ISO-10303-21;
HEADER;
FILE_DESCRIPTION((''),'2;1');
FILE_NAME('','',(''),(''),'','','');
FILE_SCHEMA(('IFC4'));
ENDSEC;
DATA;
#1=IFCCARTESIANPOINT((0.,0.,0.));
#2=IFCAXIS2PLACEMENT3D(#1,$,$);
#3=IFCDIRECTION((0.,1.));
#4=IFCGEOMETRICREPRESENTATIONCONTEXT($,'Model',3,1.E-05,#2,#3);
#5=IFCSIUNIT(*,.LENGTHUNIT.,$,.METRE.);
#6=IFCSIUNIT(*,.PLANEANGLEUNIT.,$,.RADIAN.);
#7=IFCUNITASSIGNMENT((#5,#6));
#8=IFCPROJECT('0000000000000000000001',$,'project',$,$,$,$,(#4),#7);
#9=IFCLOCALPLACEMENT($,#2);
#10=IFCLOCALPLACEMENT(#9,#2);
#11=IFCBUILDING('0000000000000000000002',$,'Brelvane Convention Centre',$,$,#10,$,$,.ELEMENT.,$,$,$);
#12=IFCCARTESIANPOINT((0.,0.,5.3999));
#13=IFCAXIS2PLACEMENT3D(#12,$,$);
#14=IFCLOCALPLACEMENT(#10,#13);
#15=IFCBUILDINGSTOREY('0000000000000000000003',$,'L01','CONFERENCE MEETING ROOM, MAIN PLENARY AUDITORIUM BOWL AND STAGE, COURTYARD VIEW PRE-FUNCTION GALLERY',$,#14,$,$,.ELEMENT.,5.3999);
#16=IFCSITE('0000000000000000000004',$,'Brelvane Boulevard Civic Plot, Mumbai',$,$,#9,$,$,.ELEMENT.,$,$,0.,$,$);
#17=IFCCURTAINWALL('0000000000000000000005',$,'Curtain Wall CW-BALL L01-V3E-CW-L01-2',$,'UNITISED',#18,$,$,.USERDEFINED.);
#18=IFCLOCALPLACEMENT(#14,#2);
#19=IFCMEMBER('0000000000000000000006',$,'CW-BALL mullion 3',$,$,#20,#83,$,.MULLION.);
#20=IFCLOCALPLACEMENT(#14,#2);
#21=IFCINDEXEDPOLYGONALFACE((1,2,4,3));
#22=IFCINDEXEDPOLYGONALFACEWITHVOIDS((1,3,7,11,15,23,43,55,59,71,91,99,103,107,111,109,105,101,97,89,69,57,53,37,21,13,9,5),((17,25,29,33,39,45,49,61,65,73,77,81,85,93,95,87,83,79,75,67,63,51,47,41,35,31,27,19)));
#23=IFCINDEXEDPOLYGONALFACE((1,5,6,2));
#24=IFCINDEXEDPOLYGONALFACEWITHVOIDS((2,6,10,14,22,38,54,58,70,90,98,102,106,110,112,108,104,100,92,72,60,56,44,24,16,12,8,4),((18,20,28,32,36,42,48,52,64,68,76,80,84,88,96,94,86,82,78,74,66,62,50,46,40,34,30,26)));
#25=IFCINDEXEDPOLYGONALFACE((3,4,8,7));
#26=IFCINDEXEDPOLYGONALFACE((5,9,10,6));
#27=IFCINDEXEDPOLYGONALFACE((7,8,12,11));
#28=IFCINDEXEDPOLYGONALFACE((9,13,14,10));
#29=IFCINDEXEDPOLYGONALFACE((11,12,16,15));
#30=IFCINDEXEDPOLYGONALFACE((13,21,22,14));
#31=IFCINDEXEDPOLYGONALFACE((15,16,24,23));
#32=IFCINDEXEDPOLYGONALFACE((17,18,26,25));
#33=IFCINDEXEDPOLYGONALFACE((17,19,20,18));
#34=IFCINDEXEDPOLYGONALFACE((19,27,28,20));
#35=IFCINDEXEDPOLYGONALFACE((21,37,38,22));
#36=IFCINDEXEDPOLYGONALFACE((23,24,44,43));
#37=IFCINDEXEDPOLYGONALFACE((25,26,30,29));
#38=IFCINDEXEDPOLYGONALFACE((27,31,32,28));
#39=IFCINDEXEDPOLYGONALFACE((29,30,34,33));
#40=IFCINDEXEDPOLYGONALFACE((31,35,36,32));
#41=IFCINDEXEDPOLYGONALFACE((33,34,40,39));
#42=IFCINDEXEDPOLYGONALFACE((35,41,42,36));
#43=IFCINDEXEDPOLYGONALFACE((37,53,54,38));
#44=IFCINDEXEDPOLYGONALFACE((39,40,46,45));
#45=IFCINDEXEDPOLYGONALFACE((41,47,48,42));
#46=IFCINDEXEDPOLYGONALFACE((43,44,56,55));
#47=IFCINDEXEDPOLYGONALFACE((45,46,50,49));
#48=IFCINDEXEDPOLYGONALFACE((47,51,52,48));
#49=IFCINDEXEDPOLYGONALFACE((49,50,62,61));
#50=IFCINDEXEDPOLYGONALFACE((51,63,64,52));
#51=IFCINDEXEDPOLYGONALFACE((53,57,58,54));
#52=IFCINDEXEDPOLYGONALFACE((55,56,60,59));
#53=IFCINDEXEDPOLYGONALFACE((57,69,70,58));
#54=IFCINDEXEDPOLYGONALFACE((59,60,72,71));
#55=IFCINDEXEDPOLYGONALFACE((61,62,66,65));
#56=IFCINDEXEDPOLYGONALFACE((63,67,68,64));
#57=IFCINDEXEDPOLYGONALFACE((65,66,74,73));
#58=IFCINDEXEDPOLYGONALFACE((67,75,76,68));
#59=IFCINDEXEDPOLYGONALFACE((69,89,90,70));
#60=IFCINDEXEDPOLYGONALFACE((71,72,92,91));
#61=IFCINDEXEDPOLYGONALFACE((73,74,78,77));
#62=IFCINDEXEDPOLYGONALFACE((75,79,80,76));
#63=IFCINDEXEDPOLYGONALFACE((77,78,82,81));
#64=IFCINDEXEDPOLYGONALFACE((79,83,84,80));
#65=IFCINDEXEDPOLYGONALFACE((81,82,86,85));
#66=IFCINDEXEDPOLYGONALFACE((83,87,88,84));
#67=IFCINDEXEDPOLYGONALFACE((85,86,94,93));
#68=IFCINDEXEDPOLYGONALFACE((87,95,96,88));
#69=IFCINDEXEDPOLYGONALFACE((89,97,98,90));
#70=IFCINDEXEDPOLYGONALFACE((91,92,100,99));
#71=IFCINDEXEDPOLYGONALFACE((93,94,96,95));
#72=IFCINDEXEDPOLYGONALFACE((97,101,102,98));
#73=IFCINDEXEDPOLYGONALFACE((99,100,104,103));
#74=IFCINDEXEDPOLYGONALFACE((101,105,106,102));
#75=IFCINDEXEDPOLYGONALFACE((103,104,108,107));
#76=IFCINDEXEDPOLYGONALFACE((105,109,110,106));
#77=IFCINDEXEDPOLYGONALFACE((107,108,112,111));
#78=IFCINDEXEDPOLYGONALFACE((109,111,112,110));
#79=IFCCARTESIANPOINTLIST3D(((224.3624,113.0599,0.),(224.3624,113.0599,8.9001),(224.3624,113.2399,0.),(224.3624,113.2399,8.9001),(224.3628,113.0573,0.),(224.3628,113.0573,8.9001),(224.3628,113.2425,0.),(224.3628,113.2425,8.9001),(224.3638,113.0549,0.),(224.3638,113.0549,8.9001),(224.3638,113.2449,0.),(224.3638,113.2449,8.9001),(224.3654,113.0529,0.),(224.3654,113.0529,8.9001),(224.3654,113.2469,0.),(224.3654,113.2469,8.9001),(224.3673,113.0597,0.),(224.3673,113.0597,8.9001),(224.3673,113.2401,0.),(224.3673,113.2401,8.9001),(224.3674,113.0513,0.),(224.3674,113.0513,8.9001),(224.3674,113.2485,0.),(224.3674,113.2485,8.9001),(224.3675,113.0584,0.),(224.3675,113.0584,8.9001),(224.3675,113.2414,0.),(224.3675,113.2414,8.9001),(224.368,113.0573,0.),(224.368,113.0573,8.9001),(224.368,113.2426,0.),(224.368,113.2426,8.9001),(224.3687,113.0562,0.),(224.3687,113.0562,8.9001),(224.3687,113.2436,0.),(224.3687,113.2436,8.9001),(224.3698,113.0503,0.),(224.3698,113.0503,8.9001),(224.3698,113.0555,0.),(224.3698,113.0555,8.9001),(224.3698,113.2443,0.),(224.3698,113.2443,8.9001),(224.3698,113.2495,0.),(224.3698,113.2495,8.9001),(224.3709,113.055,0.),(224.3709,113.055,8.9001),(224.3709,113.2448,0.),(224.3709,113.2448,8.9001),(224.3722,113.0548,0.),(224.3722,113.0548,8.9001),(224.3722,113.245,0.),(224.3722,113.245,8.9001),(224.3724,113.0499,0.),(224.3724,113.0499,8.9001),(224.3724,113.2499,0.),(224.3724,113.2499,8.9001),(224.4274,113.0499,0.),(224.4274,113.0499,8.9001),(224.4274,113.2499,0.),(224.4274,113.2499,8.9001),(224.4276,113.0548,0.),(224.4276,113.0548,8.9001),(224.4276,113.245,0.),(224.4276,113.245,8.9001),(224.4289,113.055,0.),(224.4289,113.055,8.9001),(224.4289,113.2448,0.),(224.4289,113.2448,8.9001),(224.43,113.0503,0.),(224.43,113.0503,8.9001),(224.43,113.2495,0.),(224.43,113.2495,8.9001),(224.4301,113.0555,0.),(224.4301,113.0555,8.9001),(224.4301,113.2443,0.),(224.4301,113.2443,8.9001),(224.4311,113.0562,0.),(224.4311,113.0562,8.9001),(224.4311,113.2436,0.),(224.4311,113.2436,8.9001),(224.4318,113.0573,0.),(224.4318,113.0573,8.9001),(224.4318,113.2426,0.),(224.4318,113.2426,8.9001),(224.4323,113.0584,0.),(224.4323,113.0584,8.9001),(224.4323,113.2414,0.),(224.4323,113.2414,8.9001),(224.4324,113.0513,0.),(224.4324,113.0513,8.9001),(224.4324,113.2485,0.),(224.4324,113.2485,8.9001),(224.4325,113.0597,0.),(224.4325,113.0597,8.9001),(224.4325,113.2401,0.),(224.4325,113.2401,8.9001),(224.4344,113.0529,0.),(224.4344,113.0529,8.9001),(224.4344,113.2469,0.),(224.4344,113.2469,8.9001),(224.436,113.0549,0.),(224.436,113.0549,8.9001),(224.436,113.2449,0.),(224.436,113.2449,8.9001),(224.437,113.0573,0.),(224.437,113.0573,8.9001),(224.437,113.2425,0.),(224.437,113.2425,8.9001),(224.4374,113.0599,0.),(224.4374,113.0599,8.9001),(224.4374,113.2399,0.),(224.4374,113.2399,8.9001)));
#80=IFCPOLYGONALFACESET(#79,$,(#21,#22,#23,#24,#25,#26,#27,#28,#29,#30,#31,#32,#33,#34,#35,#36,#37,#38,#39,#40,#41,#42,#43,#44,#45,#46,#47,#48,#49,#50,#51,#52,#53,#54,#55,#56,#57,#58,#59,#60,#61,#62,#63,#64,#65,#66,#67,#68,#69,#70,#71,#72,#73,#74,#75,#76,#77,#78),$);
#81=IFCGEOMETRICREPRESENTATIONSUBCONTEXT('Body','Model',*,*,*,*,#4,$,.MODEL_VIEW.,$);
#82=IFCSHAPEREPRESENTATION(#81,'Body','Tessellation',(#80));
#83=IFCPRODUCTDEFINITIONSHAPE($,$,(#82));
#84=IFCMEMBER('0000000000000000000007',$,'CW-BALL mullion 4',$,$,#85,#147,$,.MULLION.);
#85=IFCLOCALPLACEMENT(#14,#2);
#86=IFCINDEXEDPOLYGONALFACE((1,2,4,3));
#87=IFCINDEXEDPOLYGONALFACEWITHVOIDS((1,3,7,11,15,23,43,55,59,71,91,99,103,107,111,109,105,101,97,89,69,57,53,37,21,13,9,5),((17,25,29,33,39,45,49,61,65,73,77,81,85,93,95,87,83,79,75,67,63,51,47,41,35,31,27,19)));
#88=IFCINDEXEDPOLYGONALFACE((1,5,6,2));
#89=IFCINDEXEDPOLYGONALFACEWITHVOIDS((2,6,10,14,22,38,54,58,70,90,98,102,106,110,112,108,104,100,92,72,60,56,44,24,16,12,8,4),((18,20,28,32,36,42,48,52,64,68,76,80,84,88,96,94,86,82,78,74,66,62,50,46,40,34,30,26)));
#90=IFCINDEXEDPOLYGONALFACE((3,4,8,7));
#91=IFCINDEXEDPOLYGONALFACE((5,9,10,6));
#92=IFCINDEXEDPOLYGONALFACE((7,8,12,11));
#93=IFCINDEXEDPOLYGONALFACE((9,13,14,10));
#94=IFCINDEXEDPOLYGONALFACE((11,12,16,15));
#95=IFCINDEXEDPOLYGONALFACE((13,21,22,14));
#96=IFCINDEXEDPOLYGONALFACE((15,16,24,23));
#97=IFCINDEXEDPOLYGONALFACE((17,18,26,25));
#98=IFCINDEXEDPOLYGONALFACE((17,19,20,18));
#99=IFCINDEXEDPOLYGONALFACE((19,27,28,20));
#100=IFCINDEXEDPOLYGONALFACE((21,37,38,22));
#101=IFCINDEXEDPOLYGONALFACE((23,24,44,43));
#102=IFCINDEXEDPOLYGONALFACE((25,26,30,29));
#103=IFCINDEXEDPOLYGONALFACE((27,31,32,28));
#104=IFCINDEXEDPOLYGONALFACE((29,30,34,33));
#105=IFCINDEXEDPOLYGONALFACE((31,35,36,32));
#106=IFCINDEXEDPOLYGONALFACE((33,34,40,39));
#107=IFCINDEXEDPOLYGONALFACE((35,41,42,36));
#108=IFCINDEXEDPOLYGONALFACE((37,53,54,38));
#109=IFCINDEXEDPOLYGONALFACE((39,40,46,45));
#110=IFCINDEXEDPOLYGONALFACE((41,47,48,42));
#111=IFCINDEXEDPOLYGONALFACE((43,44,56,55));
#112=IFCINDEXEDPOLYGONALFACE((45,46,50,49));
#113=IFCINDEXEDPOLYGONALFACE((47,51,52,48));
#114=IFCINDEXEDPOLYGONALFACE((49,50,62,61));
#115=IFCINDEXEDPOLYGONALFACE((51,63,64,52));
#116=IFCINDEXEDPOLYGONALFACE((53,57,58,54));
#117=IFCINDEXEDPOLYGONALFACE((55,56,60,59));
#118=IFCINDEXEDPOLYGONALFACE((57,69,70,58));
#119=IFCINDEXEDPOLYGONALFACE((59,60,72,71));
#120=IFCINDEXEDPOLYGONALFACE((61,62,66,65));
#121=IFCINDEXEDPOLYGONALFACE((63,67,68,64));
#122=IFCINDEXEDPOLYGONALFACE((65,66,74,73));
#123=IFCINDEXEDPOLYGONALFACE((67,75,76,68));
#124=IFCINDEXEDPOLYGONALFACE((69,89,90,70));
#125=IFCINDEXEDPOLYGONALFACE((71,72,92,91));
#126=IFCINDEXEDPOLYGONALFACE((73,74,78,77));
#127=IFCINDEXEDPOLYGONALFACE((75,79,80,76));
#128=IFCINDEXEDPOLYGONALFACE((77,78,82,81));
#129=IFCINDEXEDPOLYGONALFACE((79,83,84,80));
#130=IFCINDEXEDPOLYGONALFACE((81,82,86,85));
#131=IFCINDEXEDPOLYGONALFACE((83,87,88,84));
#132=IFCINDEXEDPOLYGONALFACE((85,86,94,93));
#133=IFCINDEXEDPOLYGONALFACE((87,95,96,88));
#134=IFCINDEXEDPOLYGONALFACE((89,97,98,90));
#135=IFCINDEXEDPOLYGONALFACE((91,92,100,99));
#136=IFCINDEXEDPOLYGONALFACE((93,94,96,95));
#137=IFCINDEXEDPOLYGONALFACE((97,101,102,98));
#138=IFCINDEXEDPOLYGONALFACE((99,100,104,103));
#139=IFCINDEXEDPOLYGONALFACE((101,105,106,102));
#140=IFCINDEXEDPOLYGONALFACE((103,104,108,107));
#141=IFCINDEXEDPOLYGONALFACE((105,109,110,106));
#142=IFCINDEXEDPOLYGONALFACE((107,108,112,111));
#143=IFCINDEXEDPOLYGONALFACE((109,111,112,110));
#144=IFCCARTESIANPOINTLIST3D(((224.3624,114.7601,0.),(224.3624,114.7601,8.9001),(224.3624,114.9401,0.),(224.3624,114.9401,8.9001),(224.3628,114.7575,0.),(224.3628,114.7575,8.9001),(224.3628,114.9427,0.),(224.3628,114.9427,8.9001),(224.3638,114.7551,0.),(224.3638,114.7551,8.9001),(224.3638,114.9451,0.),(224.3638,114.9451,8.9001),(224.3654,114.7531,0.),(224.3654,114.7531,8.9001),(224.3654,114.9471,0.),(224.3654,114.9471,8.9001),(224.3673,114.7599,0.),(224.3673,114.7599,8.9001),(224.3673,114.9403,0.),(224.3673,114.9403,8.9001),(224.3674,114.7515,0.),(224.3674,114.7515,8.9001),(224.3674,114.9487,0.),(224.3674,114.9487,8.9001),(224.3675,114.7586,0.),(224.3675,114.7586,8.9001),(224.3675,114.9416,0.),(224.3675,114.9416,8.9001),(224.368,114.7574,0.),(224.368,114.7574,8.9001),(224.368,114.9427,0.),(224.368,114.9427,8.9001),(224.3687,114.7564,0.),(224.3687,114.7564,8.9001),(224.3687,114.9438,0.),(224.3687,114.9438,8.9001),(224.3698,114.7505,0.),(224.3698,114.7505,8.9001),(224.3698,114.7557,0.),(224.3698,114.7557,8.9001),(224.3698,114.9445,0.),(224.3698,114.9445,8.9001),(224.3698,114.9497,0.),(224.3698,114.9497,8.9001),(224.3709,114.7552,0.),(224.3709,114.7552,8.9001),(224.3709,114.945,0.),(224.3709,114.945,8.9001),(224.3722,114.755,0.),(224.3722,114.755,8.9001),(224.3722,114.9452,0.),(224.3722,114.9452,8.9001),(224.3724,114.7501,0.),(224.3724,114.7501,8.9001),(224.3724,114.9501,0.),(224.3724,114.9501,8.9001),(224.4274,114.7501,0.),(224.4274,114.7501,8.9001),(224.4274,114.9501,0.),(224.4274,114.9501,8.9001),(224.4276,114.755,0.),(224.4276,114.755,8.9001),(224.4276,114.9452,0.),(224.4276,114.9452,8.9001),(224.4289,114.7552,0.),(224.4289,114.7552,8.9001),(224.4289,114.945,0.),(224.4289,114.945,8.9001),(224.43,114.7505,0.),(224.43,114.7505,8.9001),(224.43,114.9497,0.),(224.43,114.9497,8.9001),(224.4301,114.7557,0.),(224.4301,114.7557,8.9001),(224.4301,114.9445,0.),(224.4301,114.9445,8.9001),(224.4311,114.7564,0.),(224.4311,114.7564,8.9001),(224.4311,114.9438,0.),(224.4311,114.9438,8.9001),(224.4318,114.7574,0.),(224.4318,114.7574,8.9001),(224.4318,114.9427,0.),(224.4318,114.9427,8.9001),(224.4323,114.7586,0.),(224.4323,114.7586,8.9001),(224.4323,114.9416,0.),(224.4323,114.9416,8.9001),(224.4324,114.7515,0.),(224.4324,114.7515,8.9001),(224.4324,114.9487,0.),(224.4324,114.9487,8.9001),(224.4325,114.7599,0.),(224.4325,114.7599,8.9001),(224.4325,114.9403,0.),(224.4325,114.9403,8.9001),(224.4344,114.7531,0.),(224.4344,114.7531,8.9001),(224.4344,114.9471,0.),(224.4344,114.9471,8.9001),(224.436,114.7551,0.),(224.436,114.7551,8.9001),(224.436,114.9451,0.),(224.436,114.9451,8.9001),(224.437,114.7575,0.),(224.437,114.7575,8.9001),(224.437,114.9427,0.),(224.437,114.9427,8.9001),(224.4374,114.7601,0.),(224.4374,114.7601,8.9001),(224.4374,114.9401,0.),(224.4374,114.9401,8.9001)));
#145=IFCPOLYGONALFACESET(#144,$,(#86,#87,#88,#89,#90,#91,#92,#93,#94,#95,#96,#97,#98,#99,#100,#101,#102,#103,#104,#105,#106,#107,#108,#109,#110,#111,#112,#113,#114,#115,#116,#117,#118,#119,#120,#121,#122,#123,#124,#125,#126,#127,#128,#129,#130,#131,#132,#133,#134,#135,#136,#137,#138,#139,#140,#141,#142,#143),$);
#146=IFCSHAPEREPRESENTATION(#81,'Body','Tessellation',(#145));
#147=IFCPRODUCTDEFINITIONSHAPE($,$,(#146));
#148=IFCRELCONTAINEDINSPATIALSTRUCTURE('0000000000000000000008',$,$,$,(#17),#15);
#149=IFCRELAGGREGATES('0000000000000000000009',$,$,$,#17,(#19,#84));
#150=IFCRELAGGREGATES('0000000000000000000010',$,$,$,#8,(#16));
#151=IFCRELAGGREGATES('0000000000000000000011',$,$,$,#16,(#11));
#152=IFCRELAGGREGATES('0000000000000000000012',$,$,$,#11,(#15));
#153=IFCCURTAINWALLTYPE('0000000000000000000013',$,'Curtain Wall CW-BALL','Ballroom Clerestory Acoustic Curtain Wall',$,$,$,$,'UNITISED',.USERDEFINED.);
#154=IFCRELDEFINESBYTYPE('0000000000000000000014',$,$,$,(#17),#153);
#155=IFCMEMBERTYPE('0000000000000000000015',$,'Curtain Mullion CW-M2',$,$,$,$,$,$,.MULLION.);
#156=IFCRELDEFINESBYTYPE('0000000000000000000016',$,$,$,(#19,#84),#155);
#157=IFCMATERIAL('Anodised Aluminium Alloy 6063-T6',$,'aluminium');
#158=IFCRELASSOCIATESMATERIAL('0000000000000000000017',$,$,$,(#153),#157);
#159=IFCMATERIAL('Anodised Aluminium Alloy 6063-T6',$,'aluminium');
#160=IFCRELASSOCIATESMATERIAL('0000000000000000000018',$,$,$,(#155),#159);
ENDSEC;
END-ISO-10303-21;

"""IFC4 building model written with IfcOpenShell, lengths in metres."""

from ifc_helpers import new_model, si_unit, direction, frame, origin, origin_2d, place, context, subcontext, project, spatial, hollow_rectangle, extrude, material, material_profile, profile_set, type_object, element, aggregate, save


model = new_model("IFC4")

# Units and contexts
model_context = context("Model", 3, precision=1e-05, world=origin(), true_north=direction((0.0, 1.0)))
body_context = subcontext(model_context, "Body", "Model", "MODEL_VIEW")
ifc_project = project(units=[si_unit("LENGTHUNIT", "METRE"), si_unit("PLANEANGLEUNIT", "RADIAN")], contexts=[model_context])

# Site, building, storey
site_placement = place(None, origin())
site = spatial("IfcSite", under=ifc_project, at=site_placement, Name="Brelvane Boulevard Civic Plot, Mumbai", CompositionType="ELEMENT", RefElevation=0.0)
building_placement = place(site_placement, origin())
building = spatial("IfcBuilding", under=site, at=building_placement, Name="Brelvane Convention Centre", CompositionType="ELEMENT")
storey_placement = place(building_placement, frame((0.0, 0.0, 5.3999)))
storey = spatial("IfcBuildingStorey", under=building, at=storey_placement, Name="L01", Description="CONFERENCE MEETING ROOM, MAIN PLENARY AUDITORIUM BOWL AND STAGE, COURTYARD VIEW PRE-FUNCTION GALLERY", CompositionType="ELEMENT", Elevation=5.3999)

# Curtain wall, members
ifc_material_1 = material(Name="Anodised Aluminium Alloy 6063-T6", Category="aluminium")
curtain_wall_type = type_object("IfcCurtainWallType", Name="Curtain Wall CW-BALL", Description="Ballroom Clerestory Acoustic Curtain Wall", ElementType="UNITISED", PredefinedType="USERDEFINED", material=ifc_material_1)
curtain_wall_placement = place(storey_placement, origin())
curtain_wall = element("IfcCurtainWall", 1, at=curtain_wall_placement, inside=storey, type_object=curtain_wall_type, Name="Curtain Wall CW-BALL L01-V3E-CW-L01-2", ObjectType="UNITISED", PredefinedType="USERDEFINED")
ifc_material_2 = material(Name="Anodised Aluminium Alloy 6063-T6", Category="aluminium")
ifc_material_profile_1 = material_profile(ifc_material_2, hollow_rectangle(XDim=0.075, YDim=0.2, WallThickness=0.0049, InnerFilletRadius=0.0049, OuterFilletRadius=0.01, at=origin_2d()), Name="ALU-M 200x75x5.0")
ifc_profile_set_1 = profile_set([ifc_material_profile_1], Name="Anodised Aluminium Alloy 6063-T6")
member_type_1 = type_object("IfcMemberType", Name="Curtain Mullion CW-M2", PredefinedType="MULLION", material=ifc_profile_set_1)
member_1_placement = place(storey_placement, frame((224.3999, 113.1499, 0.0), z_axis=(0.0, 0.0, 1.0), x_axis=(-1.0, 0.0, 0.0)))
member_1 = element("IfcMember", 2, at=member_1_placement, type_object=member_type_1, Name="CW-BALL mullion 3", PredefinedType="MULLION", context=body_context, shape_type="SweptSolid", body=[
    extrude(hollow_rectangle(XDim=0.075, YDim=0.2, WallThickness=0.0049, InnerFilletRadius=0.0049, OuterFilletRadius=0.01, at=origin_2d()), origin(), (0.0, 0.0, 1.0), 8.9001),
])
member_2_placement = place(storey_placement, frame((224.3999, 114.8501, 0.0), z_axis=(0.0, 0.0, 1.0), x_axis=(-1.0, 0.0, 0.0)))
member_2 = element("IfcMember", 3, at=member_2_placement, type_object=member_type_1, Name="CW-BALL mullion 4", PredefinedType="MULLION", context=body_context, shape_type="SweptSolid", body=[
    extrude(hollow_rectangle(XDim=0.075, YDim=0.2, WallThickness=0.0049, InnerFilletRadius=0.0049, OuterFilletRadius=0.01, at=origin_2d()), origin(), (0.0, 0.0, 1.0), 8.9001),
])
aggregate(curtain_wall, [member_1, member_2])

save(model, "model.ifc")
